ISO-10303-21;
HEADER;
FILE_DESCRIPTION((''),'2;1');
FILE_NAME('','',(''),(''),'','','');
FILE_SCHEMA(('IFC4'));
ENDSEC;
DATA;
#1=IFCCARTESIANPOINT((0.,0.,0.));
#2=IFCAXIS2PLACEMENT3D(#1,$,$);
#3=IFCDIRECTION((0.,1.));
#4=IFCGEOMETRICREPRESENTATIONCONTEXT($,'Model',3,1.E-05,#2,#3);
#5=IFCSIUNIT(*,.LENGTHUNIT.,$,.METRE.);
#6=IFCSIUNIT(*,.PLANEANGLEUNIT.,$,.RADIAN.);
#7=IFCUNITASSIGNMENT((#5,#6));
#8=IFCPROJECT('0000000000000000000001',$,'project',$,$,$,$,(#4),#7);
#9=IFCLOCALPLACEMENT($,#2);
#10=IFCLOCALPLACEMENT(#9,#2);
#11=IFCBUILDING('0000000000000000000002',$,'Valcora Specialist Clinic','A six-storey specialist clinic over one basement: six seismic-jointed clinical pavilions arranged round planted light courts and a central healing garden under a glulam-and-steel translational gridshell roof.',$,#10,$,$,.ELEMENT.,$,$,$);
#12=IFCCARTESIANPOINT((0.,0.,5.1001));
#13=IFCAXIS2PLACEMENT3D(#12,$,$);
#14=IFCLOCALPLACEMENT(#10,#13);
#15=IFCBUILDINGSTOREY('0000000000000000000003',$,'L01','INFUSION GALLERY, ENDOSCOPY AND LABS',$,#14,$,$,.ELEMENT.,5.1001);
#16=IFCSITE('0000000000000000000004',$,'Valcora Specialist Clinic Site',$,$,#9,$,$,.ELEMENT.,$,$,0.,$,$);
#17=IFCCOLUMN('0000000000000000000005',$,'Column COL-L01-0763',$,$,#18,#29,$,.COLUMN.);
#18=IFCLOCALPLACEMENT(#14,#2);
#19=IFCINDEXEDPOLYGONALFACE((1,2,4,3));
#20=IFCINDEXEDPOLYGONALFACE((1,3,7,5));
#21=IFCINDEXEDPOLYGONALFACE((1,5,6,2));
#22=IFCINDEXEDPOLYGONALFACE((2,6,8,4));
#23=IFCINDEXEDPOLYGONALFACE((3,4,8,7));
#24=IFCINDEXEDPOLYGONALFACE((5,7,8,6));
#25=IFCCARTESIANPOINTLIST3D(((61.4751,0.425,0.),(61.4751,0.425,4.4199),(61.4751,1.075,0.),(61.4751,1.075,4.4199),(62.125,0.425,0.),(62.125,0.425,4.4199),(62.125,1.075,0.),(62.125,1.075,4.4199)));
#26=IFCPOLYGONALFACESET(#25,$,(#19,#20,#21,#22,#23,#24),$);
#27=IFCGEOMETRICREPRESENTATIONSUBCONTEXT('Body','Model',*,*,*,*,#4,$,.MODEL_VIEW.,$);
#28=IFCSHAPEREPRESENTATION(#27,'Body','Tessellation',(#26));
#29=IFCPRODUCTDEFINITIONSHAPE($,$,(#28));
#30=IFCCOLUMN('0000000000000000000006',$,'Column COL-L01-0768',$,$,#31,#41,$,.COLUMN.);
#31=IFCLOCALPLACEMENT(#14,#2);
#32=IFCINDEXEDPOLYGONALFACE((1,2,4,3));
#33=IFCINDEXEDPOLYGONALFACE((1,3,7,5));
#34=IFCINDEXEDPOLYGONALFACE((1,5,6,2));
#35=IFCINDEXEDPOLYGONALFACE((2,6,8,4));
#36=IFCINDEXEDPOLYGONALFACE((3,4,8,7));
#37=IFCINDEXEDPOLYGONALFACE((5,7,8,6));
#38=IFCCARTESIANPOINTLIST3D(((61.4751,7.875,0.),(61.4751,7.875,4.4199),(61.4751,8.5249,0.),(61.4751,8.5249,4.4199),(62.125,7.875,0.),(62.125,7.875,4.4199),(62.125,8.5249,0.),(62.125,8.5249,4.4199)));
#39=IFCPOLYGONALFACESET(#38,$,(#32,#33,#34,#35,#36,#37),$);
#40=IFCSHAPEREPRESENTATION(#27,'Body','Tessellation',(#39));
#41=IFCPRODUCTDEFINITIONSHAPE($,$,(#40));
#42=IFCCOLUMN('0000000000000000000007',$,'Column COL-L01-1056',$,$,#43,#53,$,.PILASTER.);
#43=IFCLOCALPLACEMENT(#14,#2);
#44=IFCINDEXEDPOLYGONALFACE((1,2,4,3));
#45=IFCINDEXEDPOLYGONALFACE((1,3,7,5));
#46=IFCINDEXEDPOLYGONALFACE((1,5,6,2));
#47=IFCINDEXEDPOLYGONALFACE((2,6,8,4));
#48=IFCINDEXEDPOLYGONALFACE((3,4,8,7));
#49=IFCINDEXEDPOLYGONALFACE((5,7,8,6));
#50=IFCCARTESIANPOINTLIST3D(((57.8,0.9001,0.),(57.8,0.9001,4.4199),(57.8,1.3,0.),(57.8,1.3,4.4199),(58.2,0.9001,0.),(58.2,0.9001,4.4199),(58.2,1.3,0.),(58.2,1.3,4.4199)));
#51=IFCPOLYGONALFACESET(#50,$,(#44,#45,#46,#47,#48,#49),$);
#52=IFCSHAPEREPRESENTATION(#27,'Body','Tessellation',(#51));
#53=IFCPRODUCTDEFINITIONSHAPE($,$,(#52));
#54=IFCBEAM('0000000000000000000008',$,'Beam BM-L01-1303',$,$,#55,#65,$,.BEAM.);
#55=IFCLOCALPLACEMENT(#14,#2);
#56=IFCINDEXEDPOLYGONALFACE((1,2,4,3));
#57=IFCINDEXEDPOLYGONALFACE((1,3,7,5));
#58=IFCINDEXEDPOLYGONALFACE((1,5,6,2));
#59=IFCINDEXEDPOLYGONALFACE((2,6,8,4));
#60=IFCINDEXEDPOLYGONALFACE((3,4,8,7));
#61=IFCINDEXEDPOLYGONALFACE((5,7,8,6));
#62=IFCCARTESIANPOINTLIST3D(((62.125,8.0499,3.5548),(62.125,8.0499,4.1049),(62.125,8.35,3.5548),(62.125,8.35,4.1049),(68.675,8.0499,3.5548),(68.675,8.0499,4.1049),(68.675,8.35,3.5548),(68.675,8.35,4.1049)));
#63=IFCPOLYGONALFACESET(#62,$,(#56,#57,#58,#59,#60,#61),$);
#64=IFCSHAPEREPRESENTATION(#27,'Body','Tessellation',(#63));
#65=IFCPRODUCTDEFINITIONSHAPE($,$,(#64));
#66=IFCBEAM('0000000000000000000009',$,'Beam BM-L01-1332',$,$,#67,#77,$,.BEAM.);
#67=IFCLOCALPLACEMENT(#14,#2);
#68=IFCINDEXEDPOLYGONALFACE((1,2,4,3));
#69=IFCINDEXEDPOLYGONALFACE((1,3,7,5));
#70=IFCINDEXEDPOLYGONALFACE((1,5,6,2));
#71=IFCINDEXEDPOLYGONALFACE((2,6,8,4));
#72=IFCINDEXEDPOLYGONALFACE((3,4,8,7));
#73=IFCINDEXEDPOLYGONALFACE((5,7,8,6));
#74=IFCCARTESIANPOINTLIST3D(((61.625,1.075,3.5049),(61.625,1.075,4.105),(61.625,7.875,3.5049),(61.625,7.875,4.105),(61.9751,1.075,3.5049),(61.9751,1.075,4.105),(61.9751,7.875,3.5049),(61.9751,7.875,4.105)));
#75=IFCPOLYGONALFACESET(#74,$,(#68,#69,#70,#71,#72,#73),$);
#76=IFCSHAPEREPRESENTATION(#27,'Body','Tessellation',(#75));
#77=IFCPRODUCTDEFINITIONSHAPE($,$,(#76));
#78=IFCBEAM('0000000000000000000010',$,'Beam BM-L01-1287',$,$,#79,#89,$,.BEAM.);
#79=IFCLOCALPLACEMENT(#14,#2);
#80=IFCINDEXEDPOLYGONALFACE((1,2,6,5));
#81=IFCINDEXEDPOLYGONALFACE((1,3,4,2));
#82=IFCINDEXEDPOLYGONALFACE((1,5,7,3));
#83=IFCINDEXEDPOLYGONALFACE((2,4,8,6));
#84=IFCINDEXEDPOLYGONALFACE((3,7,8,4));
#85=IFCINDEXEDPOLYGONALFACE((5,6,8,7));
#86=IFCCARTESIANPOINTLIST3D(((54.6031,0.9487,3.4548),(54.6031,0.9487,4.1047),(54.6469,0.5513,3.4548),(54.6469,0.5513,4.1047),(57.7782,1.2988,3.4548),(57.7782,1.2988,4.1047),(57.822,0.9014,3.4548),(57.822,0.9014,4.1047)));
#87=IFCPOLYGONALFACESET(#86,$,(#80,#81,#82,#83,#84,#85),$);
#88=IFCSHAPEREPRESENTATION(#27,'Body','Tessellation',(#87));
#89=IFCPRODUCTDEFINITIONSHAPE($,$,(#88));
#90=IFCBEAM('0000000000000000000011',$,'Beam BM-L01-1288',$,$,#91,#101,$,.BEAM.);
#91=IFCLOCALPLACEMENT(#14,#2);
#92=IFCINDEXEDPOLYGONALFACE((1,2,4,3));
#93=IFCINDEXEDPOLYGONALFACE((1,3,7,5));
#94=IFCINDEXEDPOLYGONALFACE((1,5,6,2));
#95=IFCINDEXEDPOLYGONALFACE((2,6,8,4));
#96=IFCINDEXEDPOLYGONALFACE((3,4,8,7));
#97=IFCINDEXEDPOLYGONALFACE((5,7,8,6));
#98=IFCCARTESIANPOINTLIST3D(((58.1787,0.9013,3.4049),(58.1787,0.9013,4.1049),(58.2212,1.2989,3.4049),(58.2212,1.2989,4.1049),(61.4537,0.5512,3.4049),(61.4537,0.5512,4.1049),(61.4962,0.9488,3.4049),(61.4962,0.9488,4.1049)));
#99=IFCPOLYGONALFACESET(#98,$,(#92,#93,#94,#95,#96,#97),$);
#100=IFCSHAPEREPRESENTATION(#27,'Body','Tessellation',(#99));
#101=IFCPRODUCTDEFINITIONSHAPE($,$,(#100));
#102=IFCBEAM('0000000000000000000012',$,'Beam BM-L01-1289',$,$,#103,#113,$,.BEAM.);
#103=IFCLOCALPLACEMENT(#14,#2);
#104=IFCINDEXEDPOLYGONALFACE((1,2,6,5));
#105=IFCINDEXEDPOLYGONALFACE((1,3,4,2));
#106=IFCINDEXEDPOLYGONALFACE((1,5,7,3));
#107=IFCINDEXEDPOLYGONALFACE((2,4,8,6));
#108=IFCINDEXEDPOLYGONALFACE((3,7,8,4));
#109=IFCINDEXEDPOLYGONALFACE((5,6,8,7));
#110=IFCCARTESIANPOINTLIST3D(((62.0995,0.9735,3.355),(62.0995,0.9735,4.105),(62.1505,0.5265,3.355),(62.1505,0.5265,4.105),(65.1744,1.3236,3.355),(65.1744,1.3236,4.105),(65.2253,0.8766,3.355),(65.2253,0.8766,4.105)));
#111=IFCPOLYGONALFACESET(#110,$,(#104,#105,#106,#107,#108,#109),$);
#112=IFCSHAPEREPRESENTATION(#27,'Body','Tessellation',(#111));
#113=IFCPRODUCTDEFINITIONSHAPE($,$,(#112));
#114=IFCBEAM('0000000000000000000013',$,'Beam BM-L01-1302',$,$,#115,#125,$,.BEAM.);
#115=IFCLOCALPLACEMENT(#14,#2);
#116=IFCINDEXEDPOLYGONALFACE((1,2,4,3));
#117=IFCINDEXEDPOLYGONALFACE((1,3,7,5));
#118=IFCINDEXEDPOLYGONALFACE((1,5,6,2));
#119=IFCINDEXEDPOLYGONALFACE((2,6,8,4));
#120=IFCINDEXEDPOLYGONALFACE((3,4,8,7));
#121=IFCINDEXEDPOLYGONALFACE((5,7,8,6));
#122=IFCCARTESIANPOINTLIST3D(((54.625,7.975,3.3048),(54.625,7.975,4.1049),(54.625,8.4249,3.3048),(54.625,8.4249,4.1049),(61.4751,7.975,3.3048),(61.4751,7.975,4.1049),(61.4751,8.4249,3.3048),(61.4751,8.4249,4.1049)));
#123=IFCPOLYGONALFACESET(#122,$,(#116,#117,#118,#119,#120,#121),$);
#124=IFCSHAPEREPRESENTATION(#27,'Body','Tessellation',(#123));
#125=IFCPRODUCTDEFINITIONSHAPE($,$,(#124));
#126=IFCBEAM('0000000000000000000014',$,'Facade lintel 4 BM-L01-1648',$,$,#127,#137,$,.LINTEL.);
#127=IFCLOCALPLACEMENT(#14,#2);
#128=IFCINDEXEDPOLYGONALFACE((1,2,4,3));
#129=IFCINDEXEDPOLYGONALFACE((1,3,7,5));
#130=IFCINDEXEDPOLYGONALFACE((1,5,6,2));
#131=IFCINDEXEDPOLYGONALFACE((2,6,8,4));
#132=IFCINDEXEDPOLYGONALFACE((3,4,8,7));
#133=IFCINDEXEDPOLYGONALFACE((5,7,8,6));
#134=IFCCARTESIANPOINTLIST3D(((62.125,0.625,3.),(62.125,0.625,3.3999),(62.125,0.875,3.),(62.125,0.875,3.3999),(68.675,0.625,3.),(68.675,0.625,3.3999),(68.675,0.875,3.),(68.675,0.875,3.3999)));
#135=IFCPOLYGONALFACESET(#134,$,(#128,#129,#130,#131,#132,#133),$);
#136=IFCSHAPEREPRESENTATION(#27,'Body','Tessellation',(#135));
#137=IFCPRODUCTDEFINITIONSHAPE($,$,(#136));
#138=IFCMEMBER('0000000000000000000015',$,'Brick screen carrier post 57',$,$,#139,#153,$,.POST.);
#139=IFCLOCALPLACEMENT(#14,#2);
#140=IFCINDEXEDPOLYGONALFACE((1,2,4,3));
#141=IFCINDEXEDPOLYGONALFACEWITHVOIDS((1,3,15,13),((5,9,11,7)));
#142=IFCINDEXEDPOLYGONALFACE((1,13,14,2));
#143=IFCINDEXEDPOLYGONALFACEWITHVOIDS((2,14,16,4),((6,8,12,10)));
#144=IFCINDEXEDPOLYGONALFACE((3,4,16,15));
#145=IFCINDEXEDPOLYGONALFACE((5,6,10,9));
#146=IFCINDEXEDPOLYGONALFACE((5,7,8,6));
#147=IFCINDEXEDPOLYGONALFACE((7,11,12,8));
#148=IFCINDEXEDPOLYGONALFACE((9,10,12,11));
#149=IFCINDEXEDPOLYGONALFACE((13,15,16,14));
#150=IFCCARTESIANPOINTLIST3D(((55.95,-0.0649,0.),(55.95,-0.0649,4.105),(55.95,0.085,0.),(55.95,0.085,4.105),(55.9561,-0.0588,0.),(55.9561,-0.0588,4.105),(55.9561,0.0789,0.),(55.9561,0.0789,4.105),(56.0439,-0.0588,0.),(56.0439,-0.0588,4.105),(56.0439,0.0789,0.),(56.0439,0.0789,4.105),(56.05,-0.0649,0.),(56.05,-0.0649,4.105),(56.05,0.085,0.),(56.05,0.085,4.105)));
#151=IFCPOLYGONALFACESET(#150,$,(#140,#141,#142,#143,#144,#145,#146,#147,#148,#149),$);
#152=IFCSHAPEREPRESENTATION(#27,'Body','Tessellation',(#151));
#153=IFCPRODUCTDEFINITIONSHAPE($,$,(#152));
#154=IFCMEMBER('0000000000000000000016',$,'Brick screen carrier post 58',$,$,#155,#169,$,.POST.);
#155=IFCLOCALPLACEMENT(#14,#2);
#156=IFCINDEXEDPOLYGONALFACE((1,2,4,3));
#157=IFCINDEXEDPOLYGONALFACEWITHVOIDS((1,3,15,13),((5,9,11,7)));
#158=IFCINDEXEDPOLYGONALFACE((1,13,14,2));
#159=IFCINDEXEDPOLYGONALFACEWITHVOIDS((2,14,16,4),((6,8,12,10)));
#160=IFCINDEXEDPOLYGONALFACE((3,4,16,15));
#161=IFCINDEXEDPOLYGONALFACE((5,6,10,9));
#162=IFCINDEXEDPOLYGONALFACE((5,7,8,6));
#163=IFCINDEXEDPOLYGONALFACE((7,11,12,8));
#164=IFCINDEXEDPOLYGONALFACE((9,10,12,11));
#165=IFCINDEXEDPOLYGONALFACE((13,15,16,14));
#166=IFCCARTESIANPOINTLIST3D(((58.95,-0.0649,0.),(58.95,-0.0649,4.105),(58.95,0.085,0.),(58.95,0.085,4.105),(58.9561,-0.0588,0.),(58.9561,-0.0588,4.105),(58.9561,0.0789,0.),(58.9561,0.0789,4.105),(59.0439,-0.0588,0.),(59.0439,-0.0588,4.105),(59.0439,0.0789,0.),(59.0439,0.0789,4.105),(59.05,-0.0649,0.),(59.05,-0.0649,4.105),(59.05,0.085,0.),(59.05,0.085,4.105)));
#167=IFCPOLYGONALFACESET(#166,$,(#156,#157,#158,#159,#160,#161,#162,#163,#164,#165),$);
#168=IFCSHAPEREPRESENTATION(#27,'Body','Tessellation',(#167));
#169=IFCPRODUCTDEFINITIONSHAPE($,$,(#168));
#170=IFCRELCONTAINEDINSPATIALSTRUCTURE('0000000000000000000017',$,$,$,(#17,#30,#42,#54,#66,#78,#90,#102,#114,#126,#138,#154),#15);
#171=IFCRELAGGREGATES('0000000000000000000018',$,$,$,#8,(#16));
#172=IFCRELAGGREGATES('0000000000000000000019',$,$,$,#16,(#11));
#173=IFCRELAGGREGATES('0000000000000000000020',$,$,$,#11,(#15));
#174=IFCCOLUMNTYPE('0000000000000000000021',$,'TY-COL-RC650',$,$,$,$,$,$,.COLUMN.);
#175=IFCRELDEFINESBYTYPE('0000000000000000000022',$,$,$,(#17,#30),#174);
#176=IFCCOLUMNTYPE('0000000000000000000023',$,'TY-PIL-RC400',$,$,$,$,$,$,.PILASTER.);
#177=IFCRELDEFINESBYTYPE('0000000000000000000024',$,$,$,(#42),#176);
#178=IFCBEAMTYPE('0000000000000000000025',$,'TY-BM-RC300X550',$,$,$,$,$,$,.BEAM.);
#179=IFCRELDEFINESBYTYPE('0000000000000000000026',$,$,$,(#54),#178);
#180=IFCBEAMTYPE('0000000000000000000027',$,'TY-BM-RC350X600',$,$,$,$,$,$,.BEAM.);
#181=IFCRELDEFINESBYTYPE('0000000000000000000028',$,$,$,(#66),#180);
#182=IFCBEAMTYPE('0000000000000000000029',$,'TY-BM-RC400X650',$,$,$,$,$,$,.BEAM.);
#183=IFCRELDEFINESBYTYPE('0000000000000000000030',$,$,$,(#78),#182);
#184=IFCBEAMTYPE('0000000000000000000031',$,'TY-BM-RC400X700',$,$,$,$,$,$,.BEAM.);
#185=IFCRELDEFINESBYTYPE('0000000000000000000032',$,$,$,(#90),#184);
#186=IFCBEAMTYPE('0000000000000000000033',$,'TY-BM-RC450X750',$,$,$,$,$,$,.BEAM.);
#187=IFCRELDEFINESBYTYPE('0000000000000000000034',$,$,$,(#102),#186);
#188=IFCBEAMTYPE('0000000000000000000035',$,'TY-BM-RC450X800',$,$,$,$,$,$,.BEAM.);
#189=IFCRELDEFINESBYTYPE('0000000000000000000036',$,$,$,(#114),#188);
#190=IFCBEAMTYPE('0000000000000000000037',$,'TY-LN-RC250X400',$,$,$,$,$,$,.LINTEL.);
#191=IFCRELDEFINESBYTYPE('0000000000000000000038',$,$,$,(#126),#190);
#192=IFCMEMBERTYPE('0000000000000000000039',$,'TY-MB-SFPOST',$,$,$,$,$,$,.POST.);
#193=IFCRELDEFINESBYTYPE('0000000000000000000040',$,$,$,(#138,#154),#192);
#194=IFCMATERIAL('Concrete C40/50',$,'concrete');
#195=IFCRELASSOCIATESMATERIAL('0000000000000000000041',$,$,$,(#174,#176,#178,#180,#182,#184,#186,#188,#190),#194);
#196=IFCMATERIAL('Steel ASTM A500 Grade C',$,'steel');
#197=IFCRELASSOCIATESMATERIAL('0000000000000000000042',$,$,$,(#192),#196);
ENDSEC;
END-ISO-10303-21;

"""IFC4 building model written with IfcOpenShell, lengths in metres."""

from ifc_helpers import new_model, si_unit, direction, frame, origin, origin_2d, place, context, subcontext, project, spatial, rectangle, hollow_rectangle, extrude, material, material_profile, profile_set, type_object, element, save


model = new_model("IFC4")

# Units and contexts
model_context = context("Model", 3, precision=1e-05, world=origin(), true_north=direction((0.0, 1.0)))
body_context = subcontext(model_context, "Body", "Model", "MODEL_VIEW")
ifc_project = project(units=[si_unit("LENGTHUNIT", "METRE"), si_unit("PLANEANGLEUNIT", "RADIAN")], contexts=[model_context])

# Site, building, storey
site_placement = place(None, origin())
site = spatial("IfcSite", under=ifc_project, at=site_placement, Name="Valcora Specialist Clinic Site", CompositionType="ELEMENT", RefElevation=0.0)
building_placement = place(site_placement, origin())
building = spatial("IfcBuilding", under=site, at=building_placement, Name="Valcora Specialist Clinic", Description="A six-storey specialist clinic over one basement: six seismic-jointed clinical pavilions arranged round planted light courts and a central healing garden under a glulam-and-steel translational gridshell roof.", CompositionType="ELEMENT")
storey_placement = place(building_placement, frame((0.0, 0.0, 5.1001)))
storey = spatial("IfcBuildingStorey", under=building, at=storey_placement, Name="L01", Description="INFUSION GALLERY, ENDOSCOPY AND LABS", CompositionType="ELEMENT", Elevation=5.1001)

# Columns
ifc_material_1 = material(Name="Concrete C40/50", Category="concrete")
ifc_material_profile_1 = material_profile(ifc_material_1, rectangle(XDim=0.6499, YDim=0.6499, at=origin_2d()), Name="RC-COL-650X650")
ifc_profile_set_1 = profile_set([ifc_material_profile_1], Name="Concrete C40/50")
column_type_1 = type_object("IfcColumnType", Name="TY-COL-RC650", PredefinedType="COLUMN", material=ifc_profile_set_1)
for number, where, z_axis, x_axis, name in (
    (1, (61.8, 0.75, 0.0), (0.0, 0.0, 1.0), (1.0, 0.0, 0.0), "Column COL-L01-0763"),
    (2, (61.8, 8.2, 0.0), (0.0, 0.0, 1.0), (1.0, 0.0, 0.0), "Column COL-L01-0768"),
):
    element("IfcColumn", number, at=place(storey_placement, frame(where, z_axis=z_axis, x_axis=x_axis)), inside=storey, type_object=column_type_1, Name=name, PredefinedType="COLUMN", context=body_context, shape_type="SweptSolid", body=[
        extrude(rectangle(XDim=0.6499, YDim=0.6499, at=origin_2d()), origin(), (0.0, 0.0, 1.0), 4.4199),
    ])
ifc_material_profile_2 = material_profile(ifc_material_1, rectangle(XDim=0.3999, YDim=0.3999, at=origin_2d()), Name="RC-COL-400X400")
ifc_profile_set_2 = profile_set([ifc_material_profile_2], Name="Concrete C40/50")
column_type_2 = type_object("IfcColumnType", Name="TY-PIL-RC400", PredefinedType="PILASTER", material=ifc_profile_set_2)
column_placement = place(storey_placement, frame((58.0, 1.1001, 0.0), z_axis=(0.0, 0.0, 1.0), x_axis=(1.0, 0.0, 0.0)))
element("IfcColumn", 3, at=column_placement, inside=storey, type_object=column_type_2, Name="Column COL-L01-1056", PredefinedType="PILASTER", context=body_context, shape_type="SweptSolid", body=[
    extrude(rectangle(XDim=0.3999, YDim=0.3999, at=origin_2d()), origin(), (0.0, 0.0, 1.0), 4.4199),
])

# Beams
ifc_material_profile_3 = material_profile(ifc_material_1, rectangle(XDim=0.3, YDim=0.55, at=origin_2d()), Name="RC-BM-300X550")
ifc_profile_set_3 = profile_set([ifc_material_profile_3], Name="Concrete C40/50")
beam_type_1 = type_object("IfcBeamType", Name="TY-BM-RC300X550", PredefinedType="BEAM", material=ifc_profile_set_3)
beam_1_placement = place(storey_placement, frame((62.125, 8.2, 3.8298), z_axis=(1.0, 0.0, 0.0), x_axis=(0.0, 1.0, 0.0)))
element("IfcBeam", 4, at=beam_1_placement, inside=storey, type_object=beam_type_1, Name="Beam BM-L01-1303", PredefinedType="BEAM", context=body_context, shape_type="SweptSolid", body=[
    extrude(rectangle(XDim=0.3, YDim=0.55, at=origin_2d()), origin(), (0.0, 0.0, 1.0), 6.55),
])
ifc_material_profile_4 = material_profile(ifc_material_1, rectangle(XDim=0.3501, YDim=0.6001, at=origin_2d()), Name="RC-BM-350X600")
ifc_profile_set_4 = profile_set([ifc_material_profile_4], Name="Concrete C40/50")
beam_type_2 = type_object("IfcBeamType", Name="TY-BM-RC350X600", PredefinedType="BEAM", material=ifc_profile_set_4)
beam_2_placement = place(storey_placement, frame((61.8, 1.075, 3.8049), z_axis=(0.0, 1.0, 0.0), x_axis=(-1.0, 0.0, 0.0)))
element("IfcBeam", 5, at=beam_2_placement, inside=storey, type_object=beam_type_2, Name="Beam BM-L01-1332", PredefinedType="BEAM", context=body_context, shape_type="SweptSolid", body=[
    extrude(rectangle(XDim=0.3501, YDim=0.6001, at=origin_2d()), origin(), (0.0, 0.0, 1.0), 6.8),
])
ifc_material_profile_5 = material_profile(ifc_material_1, rectangle(XDim=0.3999, YDim=0.6499, at=origin_2d()), Name="RC-BM-400X650")
ifc_profile_set_5 = profile_set([ifc_material_profile_5], Name="Concrete C40/50")
beam_type_3 = type_object("IfcBeamType", Name="TY-BM-RC400X650", PredefinedType="BEAM", material=ifc_profile_set_5)
beam_3_placement = place(storey_placement, frame((54.625, 0.75, 3.7798), z_axis=(0.993976, 0.109601, 0.0), x_axis=(-0.109601, 0.993976, 0.0)))
element("IfcBeam", 6, at=beam_3_placement, inside=storey, type_object=beam_type_3, Name="Beam BM-L01-1287", PredefinedType="BEAM", context=body_context, shape_type="SweptSolid", body=[
    extrude(rectangle(XDim=0.3999, YDim=0.6499, at=origin_2d()), origin(), (0.0, 0.0, 1.0), 3.1943),
])
ifc_material_profile_6 = material_profile(ifc_material_1, rectangle(XDim=0.3999, YDim=0.7, at=origin_2d()), Name="RC-BM-400X700")
ifc_profile_set_6 = profile_set([ifc_material_profile_6], Name="Concrete C40/50")
beam_type_4 = type_object("IfcBeamType", Name="TY-BM-RC400X700", PredefinedType="BEAM", material=ifc_profile_set_6)
beam_4_placement = place(storey_placement, frame((58.2, 1.1001, 3.7549), z_axis=(0.994335, -0.10629, 0.0), x_axis=(0.10629, 0.994335, 0.0)))
element("IfcBeam", 7, at=beam_4_placement, inside=storey, type_object=beam_type_4, Name="Beam BM-L01-1288", PredefinedType="BEAM", context=body_context, shape_type="SweptSolid", body=[
    extrude(rectangle(XDim=0.3999, YDim=0.7, at=origin_2d()), origin(), (0.0, 0.0, 1.0), 3.2937),
])
ifc_material_profile_7 = material_profile(ifc_material_1, rectangle(XDim=0.45, YDim=0.75, at=origin_2d()), Name="RC-BM-450X750")
ifc_profile_set_7 = profile_set([ifc_material_profile_7], Name="Concrete C40/50")
beam_type_5 = type_object("IfcBeamType", Name="TY-BM-RC450X750", PredefinedType="BEAM", material=ifc_profile_set_7)
beam_5_placement = place(storey_placement, frame((62.125, 0.75, 3.73), z_axis=(0.993581, 0.113124, 0.0), x_axis=(-0.113124, 0.993581, 0.0)))
element("IfcBeam", 8, at=beam_5_placement, inside=storey, type_object=beam_type_5, Name="Beam BM-L01-1289", PredefinedType="BEAM", context=body_context, shape_type="SweptSolid", body=[
    extrude(rectangle(XDim=0.45, YDim=0.75, at=origin_2d()), origin(), (0.0, 0.0, 1.0), 3.0947),
])
ifc_material_profile_8 = material_profile(ifc_material_1, rectangle(XDim=0.45, YDim=0.8, at=origin_2d()), Name="RC-BM-450X800")
ifc_profile_set_8 = profile_set([ifc_material_profile_8], Name="Concrete C40/50")
beam_type_6 = type_object("IfcBeamType", Name="TY-BM-RC450X800", PredefinedType="BEAM", material=ifc_profile_set_8)
beam_6_placement = place(storey_placement, frame((54.625, 8.2, 3.7048), z_axis=(1.0, 0.0, 0.0), x_axis=(0.0, 1.0, 0.0)))
element("IfcBeam", 9, at=beam_6_placement, inside=storey, type_object=beam_type_6, Name="Beam BM-L01-1302", PredefinedType="BEAM", context=body_context, shape_type="SweptSolid", body=[
    extrude(rectangle(XDim=0.45, YDim=0.8, at=origin_2d()), origin(), (0.0, 0.0, 1.0), 6.8501),
])
ifc_material_profile_9 = material_profile(ifc_material_1, rectangle(XDim=0.25, YDim=0.3999, at=origin_2d()), Name="RC-LN-250X400")
ifc_profile_set_9 = profile_set([ifc_material_profile_9], Name="Concrete C40/50")
beam_type_7 = type_object("IfcBeamType", Name="TY-LN-RC250X400", PredefinedType="LINTEL", material=ifc_profile_set_9)
beam_7_placement = place(storey_placement, frame((62.125, 0.75, 3.2), z_axis=(1.0, 0.0, 0.0), x_axis=(0.0, 1.0, 0.0)))
element("IfcBeam", 10, at=beam_7_placement, inside=storey, type_object=beam_type_7, Name="Facade lintel 4 BM-L01-1648", PredefinedType="LINTEL", context=body_context, shape_type="SweptSolid", body=[
    extrude(rectangle(XDim=0.25, YDim=0.3999, at=origin_2d()), origin(), (0.0, 0.0, 1.0), 6.55),
])

# Members
ifc_material_2 = material(Name="Steel ASTM A500 Grade C", Category="steel")
ifc_material_profile_10 = material_profile(ifc_material_2, hollow_rectangle(XDim=0.1001, YDim=0.1499, WallThickness=0.0061, at=origin_2d()), Name="ST-RHS-150X100X6")
ifc_profile_set_10 = profile_set([ifc_material_profile_10], Name="Steel ASTM A500 Grade C")
member_type_1 = type_object("IfcMemberType", Name="TY-MB-SFPOST", PredefinedType="POST", material=ifc_profile_set_10)
for number, where, z_axis, x_axis, name in (
    (11, (56.0, 0.01, 0.0), (0.0, 0.0, 1.0), (1.0, 0.0, 0.0), "Brick screen carrier post 57"),
    (12, (59.0, 0.01, 0.0), (0.0, 0.0, 1.0), (1.0, 0.0, 0.0), "Brick screen carrier post 58"),
):
    element("IfcMember", number, at=place(storey_placement, frame(where, z_axis=z_axis, x_axis=x_axis)), inside=storey, type_object=member_type_1, Name=name, PredefinedType="POST", context=body_context, shape_type="SweptSolid", body=[
        extrude(hollow_rectangle(XDim=0.1001, YDim=0.1499, WallThickness=0.0061, at=origin_2d()), origin(), (0.0, 0.0, 1.0), 4.105),
    ])

save(model, "model.ifc")
